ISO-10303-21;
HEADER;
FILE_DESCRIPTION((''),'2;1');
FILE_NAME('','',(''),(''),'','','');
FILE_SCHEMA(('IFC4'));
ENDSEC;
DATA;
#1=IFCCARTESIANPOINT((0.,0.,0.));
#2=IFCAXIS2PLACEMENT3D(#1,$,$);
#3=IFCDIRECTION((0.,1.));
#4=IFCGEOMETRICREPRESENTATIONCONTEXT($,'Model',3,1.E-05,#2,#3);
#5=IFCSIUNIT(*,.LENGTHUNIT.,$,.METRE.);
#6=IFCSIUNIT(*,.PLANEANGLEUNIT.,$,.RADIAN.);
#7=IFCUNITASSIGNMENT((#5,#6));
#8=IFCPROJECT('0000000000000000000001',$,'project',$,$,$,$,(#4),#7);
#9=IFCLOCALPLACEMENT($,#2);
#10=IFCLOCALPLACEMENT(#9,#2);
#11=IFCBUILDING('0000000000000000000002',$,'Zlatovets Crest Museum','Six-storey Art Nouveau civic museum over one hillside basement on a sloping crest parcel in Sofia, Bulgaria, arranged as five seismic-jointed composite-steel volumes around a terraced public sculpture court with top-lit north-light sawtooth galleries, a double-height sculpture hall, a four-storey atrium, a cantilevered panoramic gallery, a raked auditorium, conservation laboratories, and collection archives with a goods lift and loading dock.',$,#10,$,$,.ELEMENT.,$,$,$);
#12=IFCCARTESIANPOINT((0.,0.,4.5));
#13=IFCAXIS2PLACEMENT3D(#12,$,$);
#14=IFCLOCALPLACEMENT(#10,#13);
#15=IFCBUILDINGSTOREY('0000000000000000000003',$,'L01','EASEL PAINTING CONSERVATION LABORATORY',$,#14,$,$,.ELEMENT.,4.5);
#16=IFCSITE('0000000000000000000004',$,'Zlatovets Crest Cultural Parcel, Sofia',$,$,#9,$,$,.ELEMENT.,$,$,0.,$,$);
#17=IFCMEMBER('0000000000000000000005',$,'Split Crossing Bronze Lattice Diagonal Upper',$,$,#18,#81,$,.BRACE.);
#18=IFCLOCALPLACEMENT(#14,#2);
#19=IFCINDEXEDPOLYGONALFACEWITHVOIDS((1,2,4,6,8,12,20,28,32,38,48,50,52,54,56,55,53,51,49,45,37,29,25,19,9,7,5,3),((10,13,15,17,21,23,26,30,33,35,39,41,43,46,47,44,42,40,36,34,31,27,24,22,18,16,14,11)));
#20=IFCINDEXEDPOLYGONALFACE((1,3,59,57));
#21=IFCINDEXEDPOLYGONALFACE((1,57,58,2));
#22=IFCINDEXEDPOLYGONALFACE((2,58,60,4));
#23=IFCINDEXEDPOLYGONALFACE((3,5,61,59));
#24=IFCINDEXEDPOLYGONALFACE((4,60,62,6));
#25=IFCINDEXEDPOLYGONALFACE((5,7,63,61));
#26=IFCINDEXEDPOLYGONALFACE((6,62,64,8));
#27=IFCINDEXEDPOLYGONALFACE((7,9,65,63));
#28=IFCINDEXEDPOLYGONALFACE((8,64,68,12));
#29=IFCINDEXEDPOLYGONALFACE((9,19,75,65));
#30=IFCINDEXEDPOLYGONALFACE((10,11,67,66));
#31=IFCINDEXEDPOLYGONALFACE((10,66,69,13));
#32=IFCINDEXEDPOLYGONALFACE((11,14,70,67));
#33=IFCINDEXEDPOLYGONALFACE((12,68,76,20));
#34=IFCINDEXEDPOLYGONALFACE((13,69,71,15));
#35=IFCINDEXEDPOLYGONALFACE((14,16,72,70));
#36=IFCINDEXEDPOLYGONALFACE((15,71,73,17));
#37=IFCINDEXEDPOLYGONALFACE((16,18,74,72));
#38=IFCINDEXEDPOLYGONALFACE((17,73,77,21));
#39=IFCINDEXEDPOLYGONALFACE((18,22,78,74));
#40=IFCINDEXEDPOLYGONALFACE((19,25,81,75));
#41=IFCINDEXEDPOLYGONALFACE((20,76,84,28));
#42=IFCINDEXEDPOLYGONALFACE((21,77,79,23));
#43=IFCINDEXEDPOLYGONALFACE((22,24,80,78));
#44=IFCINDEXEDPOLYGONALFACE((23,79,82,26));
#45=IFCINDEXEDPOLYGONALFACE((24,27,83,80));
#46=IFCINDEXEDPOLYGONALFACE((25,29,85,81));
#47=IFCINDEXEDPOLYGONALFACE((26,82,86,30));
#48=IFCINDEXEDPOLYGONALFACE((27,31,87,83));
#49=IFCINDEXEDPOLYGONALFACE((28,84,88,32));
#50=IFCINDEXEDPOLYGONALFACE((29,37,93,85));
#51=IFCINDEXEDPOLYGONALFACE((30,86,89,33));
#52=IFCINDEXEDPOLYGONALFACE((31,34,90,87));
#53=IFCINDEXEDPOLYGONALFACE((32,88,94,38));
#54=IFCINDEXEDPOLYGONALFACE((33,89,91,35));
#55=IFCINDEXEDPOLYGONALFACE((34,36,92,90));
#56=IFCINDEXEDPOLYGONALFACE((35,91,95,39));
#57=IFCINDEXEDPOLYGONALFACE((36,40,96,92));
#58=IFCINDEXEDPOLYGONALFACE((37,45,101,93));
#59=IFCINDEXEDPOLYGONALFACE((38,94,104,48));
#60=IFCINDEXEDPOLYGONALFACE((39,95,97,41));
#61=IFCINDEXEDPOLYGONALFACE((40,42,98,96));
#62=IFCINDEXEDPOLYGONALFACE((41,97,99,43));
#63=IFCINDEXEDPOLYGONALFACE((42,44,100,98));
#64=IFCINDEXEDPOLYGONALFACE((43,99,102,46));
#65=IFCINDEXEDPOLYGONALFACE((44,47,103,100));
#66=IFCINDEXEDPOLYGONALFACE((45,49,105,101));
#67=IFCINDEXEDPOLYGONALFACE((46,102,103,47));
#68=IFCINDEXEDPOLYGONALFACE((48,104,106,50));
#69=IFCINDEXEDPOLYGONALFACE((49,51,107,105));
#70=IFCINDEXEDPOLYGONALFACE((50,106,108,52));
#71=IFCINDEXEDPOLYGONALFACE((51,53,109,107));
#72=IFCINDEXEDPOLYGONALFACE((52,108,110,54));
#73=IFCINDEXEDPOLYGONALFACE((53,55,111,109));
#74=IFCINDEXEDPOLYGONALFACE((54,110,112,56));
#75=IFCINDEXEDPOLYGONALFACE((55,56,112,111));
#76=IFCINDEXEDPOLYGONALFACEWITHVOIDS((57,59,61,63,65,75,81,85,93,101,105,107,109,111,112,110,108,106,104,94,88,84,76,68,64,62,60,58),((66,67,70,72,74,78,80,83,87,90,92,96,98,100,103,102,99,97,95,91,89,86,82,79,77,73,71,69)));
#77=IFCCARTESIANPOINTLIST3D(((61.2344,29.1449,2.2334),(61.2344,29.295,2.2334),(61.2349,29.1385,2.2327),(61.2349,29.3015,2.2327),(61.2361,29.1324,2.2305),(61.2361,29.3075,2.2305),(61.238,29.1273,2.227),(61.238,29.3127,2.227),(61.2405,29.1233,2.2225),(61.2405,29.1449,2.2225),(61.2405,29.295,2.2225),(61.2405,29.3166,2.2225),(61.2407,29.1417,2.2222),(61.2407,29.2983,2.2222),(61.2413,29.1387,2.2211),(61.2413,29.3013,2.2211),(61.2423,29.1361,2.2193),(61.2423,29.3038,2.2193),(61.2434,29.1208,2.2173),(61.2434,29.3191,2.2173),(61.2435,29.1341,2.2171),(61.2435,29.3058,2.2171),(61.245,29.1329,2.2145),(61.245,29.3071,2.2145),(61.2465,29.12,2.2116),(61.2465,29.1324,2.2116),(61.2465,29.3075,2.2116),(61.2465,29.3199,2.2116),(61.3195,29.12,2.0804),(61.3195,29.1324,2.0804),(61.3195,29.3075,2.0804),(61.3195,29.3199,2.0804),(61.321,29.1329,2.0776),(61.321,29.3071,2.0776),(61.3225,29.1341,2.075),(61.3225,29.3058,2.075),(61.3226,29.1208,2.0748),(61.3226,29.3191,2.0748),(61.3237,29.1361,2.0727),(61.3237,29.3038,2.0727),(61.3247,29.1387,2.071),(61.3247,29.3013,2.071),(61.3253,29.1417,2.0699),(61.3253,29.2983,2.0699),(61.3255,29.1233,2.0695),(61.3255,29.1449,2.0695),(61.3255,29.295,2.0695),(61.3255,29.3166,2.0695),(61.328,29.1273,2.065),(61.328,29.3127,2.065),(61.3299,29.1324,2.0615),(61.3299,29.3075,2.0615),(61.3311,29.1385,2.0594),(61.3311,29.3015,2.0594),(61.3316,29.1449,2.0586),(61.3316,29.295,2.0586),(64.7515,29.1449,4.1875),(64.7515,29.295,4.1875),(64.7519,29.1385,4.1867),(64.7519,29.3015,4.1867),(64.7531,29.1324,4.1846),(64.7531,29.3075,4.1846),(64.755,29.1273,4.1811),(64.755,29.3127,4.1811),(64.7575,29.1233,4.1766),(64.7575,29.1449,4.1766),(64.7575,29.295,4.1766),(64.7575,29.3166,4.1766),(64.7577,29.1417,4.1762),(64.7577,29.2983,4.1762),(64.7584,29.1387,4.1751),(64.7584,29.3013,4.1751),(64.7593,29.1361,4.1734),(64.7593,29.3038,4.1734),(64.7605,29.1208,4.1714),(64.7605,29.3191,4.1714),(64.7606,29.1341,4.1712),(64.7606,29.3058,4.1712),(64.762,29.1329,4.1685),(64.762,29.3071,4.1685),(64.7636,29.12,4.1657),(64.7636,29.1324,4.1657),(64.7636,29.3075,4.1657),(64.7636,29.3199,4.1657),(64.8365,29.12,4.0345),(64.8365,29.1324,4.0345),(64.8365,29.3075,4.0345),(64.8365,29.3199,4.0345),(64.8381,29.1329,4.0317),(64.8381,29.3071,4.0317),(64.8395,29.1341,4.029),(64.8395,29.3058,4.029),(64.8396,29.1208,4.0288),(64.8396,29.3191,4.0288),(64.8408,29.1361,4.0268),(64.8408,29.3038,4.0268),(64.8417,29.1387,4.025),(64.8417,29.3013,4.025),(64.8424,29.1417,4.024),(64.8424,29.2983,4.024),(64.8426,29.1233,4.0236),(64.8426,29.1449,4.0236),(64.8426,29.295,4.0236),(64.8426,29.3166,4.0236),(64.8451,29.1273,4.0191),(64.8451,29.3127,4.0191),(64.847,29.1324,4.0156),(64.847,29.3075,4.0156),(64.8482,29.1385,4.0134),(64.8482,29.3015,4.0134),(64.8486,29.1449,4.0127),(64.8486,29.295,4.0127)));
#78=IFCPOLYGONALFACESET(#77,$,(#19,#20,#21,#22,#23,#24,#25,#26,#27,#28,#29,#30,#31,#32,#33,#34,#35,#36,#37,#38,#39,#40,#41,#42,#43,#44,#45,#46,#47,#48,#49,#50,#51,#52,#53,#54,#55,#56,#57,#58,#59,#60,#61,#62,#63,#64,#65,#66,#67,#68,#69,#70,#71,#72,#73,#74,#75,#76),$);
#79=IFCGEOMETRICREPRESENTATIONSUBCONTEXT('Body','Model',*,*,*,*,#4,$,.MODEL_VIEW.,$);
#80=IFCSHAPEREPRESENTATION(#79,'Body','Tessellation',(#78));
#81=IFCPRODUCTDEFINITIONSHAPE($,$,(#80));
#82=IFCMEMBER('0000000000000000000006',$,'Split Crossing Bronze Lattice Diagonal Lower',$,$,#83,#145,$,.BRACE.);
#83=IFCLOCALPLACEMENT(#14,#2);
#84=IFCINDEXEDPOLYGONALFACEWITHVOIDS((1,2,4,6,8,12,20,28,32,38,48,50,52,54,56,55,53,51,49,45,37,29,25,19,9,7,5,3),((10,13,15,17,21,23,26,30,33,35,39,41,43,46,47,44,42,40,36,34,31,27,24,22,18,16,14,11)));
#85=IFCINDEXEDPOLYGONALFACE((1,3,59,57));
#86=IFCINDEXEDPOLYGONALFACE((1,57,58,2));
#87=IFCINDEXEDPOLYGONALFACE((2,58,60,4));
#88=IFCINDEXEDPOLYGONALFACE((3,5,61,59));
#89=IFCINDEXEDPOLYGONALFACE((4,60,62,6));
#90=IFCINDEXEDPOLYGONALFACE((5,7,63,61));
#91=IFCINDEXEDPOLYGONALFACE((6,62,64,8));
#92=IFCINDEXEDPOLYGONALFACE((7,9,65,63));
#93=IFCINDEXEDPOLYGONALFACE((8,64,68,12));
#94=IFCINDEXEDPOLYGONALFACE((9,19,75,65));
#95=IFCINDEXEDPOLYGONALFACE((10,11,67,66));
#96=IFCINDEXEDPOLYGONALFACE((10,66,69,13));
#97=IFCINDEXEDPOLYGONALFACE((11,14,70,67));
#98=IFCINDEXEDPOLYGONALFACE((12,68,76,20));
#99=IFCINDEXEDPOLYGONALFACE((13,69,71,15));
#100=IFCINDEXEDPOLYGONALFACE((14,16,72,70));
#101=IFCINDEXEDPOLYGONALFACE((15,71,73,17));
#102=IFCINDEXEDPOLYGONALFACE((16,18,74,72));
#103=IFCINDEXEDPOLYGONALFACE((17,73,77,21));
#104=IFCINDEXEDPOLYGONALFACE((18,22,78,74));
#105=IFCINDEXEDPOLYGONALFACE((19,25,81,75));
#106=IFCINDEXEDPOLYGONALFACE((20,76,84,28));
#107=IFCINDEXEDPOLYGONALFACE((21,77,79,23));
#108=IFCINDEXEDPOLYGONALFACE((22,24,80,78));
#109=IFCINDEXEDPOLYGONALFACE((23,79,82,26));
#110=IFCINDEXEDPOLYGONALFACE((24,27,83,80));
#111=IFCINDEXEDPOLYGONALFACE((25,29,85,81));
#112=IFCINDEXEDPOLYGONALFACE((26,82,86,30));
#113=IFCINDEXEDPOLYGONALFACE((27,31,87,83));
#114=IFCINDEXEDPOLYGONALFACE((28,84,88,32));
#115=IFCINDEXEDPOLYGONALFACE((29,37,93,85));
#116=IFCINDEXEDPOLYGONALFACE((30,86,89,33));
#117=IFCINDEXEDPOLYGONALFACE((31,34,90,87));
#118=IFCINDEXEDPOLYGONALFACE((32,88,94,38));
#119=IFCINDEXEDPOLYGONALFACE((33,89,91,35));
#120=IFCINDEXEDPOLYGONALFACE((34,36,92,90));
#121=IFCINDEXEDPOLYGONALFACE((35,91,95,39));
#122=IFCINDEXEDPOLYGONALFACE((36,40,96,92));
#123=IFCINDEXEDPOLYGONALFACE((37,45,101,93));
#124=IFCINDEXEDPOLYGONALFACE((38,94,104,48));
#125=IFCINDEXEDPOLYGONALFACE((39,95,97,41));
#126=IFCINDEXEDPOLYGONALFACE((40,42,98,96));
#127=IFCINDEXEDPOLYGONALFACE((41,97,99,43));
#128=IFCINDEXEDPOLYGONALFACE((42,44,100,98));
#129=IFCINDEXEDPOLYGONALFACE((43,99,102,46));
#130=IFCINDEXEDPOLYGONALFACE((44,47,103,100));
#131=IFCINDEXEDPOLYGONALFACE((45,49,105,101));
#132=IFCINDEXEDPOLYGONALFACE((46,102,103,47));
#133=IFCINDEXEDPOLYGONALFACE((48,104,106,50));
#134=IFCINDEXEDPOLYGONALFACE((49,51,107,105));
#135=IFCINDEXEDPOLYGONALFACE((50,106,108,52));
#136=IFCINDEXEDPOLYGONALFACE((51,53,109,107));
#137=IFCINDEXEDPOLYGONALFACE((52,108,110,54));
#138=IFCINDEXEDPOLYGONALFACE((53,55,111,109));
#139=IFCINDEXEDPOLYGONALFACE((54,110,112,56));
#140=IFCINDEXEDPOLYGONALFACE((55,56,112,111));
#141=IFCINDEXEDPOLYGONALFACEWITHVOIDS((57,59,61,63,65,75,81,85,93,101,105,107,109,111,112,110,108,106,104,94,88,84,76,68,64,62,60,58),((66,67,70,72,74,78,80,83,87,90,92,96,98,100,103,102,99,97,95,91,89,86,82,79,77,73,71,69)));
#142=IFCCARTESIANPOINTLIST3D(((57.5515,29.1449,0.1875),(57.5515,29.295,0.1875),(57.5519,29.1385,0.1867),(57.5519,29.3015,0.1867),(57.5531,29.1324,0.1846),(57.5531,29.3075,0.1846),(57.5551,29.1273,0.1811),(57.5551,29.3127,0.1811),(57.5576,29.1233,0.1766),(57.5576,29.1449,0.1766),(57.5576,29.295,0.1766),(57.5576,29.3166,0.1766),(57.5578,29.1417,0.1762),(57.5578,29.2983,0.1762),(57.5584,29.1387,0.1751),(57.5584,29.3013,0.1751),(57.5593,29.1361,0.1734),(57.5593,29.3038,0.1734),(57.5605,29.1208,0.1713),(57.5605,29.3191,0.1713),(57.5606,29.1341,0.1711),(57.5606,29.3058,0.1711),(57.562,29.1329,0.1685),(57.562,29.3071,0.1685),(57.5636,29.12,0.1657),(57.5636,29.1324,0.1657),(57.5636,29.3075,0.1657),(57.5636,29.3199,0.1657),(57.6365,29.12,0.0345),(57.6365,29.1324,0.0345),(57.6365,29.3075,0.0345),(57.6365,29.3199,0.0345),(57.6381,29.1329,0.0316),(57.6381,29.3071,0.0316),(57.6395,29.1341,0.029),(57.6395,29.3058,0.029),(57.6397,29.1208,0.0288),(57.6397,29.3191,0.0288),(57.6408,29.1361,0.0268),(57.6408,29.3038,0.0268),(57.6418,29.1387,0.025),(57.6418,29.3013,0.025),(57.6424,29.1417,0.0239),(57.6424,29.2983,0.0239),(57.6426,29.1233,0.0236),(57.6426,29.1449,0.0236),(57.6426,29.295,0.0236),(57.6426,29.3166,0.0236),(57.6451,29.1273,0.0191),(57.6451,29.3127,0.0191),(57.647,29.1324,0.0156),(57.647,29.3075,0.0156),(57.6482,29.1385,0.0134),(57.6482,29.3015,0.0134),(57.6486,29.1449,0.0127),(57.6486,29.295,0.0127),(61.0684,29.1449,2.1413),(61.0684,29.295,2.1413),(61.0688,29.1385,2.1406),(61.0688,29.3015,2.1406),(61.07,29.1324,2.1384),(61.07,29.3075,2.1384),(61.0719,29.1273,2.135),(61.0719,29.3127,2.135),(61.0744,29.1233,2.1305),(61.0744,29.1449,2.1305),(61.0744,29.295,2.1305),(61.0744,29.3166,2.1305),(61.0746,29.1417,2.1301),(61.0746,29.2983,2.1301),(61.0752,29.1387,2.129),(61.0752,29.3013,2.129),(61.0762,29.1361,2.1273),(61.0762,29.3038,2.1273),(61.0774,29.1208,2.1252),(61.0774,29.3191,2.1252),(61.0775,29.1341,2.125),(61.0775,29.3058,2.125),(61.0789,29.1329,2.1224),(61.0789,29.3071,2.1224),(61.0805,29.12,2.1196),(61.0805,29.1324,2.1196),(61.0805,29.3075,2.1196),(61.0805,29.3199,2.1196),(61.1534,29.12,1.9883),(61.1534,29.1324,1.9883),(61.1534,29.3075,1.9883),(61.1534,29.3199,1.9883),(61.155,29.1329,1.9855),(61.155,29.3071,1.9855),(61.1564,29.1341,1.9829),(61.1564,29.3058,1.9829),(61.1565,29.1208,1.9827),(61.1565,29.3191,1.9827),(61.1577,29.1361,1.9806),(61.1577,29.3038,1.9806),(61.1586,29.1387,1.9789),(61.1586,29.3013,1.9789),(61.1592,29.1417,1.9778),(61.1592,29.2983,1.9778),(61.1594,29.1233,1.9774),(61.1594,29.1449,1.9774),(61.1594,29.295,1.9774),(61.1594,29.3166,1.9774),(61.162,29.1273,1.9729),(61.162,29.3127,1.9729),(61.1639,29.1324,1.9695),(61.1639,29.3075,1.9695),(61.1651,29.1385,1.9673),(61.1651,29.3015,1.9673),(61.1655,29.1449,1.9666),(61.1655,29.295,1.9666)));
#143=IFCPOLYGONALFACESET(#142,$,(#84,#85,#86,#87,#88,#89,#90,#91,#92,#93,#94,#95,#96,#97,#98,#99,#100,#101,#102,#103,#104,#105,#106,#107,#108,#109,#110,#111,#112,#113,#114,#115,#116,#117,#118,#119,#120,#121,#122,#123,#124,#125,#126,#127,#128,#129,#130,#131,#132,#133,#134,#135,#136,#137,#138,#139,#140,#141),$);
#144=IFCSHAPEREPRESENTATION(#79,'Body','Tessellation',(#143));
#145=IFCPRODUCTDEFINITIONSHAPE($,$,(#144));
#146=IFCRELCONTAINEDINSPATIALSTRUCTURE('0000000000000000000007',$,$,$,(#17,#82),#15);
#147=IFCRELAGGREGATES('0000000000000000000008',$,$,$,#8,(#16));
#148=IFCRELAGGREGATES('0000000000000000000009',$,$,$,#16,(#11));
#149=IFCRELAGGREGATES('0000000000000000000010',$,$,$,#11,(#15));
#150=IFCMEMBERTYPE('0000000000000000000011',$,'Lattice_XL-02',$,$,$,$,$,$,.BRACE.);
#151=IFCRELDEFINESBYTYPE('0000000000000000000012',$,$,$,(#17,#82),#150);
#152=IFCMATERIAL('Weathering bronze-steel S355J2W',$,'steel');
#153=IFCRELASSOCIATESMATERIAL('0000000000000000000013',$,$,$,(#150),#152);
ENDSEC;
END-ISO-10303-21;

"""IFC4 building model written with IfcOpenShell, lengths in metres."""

from ifc_helpers import new_model, si_unit, direction, frame, origin, origin_2d, place, context, subcontext, project, spatial, hollow_rectangle, extrude, material, material_profile, profile_set, type_object, element, save


model = new_model("IFC4")

# Units and contexts
model_context = context("Model", 3, precision=1e-05, world=origin(), true_north=direction((0.0, 1.0)))
body_context = subcontext(model_context, "Body", "Model", "MODEL_VIEW")
ifc_project = project(units=[si_unit("LENGTHUNIT", "METRE"), si_unit("PLANEANGLEUNIT", "RADIAN")], contexts=[model_context])

# Site, building, storey
site_placement = place(None, origin())
site = spatial("IfcSite", under=ifc_project, at=site_placement, Name="Zlatovets Crest Cultural Parcel, Sofia", CompositionType="ELEMENT", RefElevation=0.0)
building_placement = place(site_placement, origin())
building = spatial("IfcBuilding", under=site, at=building_placement, Name="Zlatovets Crest Museum", Description="Six-storey Art Nouveau civic museum over one hillside basement on a sloping crest parcel in Sofia, Bulgaria, arranged as five seismic-jointed composite-steel volumes around a terraced public sculpture court with top-lit north-light sawtooth galleries, a double-height sculpture hall, a four-storey atrium, a cantilevered panoramic gallery, a raked auditorium, conservation laboratories, and collection archives with a goods lift and loading dock.", CompositionType="ELEMENT")
storey_placement = place(building_placement, frame((0.0, 0.0, 4.5)))
storey = spatial("IfcBuildingStorey", under=building, at=storey_placement, Name="L01", Description="EASEL PAINTING CONSERVATION LABORATORY", CompositionType="ELEMENT", Elevation=4.5)

# Members
ifc_material_1 = material(Name="Weathering bronze-steel S355J2W", Category="steel")
ifc_material_profile_1 = material_profile(ifc_material_1, hollow_rectangle(XDim=0.2, YDim=0.2, WallThickness=0.0125, InnerFilletRadius=0.0125, OuterFilletRadius=0.0249, at=origin_2d()), Name="SHS 200x200x12.5")
ifc_profile_set_1 = profile_set([ifc_material_profile_1], Name="Weathering bronze-steel S355J2W")
member_type_1 = type_object("IfcMemberType", Name="Lattice_XL-02", PredefinedType="BRACE", material=ifc_profile_set_1)
member_1_placement = place(storey_placement, frame((64.8, 29.22, 4.1001), z_axis=(-0.87414, 0.0, -0.485674), x_axis=(0.0, -1.0, 0.0)))
element("IfcMember", 1, at=member_1_placement, inside=storey, type_object=member_type_1, Name="Split Crossing Bronze Lattice Diagonal Upper", PredefinedType="BRACE", context=body_context, shape_type="SweptSolid", body=[
    extrude(hollow_rectangle(XDim=0.2, YDim=0.2, WallThickness=0.0125, InnerFilletRadius=0.0125, OuterFilletRadius=0.0249, at=origin_2d()), origin(), (0.0, 0.0, 1.0), 4.0234),
])
member_2_placement = place(storey_placement, frame((61.1169, 29.22, 2.054), z_axis=(-0.874152, 0.0, -0.485653), x_axis=(0.0, -1.0, 0.0)))
element("IfcMember", 2, at=member_2_placement, inside=storey, type_object=member_type_1, Name="Split Crossing Bronze Lattice Diagonal Lower", PredefinedType="BRACE", context=body_context, shape_type="SweptSolid", body=[
    extrude(hollow_rectangle(XDim=0.2, YDim=0.2, WallThickness=0.0125, InnerFilletRadius=0.0125, OuterFilletRadius=0.0249, at=origin_2d()), origin(), (0.0, 0.0, 1.0), 4.0232),
])

save(model, "model.ifc")
